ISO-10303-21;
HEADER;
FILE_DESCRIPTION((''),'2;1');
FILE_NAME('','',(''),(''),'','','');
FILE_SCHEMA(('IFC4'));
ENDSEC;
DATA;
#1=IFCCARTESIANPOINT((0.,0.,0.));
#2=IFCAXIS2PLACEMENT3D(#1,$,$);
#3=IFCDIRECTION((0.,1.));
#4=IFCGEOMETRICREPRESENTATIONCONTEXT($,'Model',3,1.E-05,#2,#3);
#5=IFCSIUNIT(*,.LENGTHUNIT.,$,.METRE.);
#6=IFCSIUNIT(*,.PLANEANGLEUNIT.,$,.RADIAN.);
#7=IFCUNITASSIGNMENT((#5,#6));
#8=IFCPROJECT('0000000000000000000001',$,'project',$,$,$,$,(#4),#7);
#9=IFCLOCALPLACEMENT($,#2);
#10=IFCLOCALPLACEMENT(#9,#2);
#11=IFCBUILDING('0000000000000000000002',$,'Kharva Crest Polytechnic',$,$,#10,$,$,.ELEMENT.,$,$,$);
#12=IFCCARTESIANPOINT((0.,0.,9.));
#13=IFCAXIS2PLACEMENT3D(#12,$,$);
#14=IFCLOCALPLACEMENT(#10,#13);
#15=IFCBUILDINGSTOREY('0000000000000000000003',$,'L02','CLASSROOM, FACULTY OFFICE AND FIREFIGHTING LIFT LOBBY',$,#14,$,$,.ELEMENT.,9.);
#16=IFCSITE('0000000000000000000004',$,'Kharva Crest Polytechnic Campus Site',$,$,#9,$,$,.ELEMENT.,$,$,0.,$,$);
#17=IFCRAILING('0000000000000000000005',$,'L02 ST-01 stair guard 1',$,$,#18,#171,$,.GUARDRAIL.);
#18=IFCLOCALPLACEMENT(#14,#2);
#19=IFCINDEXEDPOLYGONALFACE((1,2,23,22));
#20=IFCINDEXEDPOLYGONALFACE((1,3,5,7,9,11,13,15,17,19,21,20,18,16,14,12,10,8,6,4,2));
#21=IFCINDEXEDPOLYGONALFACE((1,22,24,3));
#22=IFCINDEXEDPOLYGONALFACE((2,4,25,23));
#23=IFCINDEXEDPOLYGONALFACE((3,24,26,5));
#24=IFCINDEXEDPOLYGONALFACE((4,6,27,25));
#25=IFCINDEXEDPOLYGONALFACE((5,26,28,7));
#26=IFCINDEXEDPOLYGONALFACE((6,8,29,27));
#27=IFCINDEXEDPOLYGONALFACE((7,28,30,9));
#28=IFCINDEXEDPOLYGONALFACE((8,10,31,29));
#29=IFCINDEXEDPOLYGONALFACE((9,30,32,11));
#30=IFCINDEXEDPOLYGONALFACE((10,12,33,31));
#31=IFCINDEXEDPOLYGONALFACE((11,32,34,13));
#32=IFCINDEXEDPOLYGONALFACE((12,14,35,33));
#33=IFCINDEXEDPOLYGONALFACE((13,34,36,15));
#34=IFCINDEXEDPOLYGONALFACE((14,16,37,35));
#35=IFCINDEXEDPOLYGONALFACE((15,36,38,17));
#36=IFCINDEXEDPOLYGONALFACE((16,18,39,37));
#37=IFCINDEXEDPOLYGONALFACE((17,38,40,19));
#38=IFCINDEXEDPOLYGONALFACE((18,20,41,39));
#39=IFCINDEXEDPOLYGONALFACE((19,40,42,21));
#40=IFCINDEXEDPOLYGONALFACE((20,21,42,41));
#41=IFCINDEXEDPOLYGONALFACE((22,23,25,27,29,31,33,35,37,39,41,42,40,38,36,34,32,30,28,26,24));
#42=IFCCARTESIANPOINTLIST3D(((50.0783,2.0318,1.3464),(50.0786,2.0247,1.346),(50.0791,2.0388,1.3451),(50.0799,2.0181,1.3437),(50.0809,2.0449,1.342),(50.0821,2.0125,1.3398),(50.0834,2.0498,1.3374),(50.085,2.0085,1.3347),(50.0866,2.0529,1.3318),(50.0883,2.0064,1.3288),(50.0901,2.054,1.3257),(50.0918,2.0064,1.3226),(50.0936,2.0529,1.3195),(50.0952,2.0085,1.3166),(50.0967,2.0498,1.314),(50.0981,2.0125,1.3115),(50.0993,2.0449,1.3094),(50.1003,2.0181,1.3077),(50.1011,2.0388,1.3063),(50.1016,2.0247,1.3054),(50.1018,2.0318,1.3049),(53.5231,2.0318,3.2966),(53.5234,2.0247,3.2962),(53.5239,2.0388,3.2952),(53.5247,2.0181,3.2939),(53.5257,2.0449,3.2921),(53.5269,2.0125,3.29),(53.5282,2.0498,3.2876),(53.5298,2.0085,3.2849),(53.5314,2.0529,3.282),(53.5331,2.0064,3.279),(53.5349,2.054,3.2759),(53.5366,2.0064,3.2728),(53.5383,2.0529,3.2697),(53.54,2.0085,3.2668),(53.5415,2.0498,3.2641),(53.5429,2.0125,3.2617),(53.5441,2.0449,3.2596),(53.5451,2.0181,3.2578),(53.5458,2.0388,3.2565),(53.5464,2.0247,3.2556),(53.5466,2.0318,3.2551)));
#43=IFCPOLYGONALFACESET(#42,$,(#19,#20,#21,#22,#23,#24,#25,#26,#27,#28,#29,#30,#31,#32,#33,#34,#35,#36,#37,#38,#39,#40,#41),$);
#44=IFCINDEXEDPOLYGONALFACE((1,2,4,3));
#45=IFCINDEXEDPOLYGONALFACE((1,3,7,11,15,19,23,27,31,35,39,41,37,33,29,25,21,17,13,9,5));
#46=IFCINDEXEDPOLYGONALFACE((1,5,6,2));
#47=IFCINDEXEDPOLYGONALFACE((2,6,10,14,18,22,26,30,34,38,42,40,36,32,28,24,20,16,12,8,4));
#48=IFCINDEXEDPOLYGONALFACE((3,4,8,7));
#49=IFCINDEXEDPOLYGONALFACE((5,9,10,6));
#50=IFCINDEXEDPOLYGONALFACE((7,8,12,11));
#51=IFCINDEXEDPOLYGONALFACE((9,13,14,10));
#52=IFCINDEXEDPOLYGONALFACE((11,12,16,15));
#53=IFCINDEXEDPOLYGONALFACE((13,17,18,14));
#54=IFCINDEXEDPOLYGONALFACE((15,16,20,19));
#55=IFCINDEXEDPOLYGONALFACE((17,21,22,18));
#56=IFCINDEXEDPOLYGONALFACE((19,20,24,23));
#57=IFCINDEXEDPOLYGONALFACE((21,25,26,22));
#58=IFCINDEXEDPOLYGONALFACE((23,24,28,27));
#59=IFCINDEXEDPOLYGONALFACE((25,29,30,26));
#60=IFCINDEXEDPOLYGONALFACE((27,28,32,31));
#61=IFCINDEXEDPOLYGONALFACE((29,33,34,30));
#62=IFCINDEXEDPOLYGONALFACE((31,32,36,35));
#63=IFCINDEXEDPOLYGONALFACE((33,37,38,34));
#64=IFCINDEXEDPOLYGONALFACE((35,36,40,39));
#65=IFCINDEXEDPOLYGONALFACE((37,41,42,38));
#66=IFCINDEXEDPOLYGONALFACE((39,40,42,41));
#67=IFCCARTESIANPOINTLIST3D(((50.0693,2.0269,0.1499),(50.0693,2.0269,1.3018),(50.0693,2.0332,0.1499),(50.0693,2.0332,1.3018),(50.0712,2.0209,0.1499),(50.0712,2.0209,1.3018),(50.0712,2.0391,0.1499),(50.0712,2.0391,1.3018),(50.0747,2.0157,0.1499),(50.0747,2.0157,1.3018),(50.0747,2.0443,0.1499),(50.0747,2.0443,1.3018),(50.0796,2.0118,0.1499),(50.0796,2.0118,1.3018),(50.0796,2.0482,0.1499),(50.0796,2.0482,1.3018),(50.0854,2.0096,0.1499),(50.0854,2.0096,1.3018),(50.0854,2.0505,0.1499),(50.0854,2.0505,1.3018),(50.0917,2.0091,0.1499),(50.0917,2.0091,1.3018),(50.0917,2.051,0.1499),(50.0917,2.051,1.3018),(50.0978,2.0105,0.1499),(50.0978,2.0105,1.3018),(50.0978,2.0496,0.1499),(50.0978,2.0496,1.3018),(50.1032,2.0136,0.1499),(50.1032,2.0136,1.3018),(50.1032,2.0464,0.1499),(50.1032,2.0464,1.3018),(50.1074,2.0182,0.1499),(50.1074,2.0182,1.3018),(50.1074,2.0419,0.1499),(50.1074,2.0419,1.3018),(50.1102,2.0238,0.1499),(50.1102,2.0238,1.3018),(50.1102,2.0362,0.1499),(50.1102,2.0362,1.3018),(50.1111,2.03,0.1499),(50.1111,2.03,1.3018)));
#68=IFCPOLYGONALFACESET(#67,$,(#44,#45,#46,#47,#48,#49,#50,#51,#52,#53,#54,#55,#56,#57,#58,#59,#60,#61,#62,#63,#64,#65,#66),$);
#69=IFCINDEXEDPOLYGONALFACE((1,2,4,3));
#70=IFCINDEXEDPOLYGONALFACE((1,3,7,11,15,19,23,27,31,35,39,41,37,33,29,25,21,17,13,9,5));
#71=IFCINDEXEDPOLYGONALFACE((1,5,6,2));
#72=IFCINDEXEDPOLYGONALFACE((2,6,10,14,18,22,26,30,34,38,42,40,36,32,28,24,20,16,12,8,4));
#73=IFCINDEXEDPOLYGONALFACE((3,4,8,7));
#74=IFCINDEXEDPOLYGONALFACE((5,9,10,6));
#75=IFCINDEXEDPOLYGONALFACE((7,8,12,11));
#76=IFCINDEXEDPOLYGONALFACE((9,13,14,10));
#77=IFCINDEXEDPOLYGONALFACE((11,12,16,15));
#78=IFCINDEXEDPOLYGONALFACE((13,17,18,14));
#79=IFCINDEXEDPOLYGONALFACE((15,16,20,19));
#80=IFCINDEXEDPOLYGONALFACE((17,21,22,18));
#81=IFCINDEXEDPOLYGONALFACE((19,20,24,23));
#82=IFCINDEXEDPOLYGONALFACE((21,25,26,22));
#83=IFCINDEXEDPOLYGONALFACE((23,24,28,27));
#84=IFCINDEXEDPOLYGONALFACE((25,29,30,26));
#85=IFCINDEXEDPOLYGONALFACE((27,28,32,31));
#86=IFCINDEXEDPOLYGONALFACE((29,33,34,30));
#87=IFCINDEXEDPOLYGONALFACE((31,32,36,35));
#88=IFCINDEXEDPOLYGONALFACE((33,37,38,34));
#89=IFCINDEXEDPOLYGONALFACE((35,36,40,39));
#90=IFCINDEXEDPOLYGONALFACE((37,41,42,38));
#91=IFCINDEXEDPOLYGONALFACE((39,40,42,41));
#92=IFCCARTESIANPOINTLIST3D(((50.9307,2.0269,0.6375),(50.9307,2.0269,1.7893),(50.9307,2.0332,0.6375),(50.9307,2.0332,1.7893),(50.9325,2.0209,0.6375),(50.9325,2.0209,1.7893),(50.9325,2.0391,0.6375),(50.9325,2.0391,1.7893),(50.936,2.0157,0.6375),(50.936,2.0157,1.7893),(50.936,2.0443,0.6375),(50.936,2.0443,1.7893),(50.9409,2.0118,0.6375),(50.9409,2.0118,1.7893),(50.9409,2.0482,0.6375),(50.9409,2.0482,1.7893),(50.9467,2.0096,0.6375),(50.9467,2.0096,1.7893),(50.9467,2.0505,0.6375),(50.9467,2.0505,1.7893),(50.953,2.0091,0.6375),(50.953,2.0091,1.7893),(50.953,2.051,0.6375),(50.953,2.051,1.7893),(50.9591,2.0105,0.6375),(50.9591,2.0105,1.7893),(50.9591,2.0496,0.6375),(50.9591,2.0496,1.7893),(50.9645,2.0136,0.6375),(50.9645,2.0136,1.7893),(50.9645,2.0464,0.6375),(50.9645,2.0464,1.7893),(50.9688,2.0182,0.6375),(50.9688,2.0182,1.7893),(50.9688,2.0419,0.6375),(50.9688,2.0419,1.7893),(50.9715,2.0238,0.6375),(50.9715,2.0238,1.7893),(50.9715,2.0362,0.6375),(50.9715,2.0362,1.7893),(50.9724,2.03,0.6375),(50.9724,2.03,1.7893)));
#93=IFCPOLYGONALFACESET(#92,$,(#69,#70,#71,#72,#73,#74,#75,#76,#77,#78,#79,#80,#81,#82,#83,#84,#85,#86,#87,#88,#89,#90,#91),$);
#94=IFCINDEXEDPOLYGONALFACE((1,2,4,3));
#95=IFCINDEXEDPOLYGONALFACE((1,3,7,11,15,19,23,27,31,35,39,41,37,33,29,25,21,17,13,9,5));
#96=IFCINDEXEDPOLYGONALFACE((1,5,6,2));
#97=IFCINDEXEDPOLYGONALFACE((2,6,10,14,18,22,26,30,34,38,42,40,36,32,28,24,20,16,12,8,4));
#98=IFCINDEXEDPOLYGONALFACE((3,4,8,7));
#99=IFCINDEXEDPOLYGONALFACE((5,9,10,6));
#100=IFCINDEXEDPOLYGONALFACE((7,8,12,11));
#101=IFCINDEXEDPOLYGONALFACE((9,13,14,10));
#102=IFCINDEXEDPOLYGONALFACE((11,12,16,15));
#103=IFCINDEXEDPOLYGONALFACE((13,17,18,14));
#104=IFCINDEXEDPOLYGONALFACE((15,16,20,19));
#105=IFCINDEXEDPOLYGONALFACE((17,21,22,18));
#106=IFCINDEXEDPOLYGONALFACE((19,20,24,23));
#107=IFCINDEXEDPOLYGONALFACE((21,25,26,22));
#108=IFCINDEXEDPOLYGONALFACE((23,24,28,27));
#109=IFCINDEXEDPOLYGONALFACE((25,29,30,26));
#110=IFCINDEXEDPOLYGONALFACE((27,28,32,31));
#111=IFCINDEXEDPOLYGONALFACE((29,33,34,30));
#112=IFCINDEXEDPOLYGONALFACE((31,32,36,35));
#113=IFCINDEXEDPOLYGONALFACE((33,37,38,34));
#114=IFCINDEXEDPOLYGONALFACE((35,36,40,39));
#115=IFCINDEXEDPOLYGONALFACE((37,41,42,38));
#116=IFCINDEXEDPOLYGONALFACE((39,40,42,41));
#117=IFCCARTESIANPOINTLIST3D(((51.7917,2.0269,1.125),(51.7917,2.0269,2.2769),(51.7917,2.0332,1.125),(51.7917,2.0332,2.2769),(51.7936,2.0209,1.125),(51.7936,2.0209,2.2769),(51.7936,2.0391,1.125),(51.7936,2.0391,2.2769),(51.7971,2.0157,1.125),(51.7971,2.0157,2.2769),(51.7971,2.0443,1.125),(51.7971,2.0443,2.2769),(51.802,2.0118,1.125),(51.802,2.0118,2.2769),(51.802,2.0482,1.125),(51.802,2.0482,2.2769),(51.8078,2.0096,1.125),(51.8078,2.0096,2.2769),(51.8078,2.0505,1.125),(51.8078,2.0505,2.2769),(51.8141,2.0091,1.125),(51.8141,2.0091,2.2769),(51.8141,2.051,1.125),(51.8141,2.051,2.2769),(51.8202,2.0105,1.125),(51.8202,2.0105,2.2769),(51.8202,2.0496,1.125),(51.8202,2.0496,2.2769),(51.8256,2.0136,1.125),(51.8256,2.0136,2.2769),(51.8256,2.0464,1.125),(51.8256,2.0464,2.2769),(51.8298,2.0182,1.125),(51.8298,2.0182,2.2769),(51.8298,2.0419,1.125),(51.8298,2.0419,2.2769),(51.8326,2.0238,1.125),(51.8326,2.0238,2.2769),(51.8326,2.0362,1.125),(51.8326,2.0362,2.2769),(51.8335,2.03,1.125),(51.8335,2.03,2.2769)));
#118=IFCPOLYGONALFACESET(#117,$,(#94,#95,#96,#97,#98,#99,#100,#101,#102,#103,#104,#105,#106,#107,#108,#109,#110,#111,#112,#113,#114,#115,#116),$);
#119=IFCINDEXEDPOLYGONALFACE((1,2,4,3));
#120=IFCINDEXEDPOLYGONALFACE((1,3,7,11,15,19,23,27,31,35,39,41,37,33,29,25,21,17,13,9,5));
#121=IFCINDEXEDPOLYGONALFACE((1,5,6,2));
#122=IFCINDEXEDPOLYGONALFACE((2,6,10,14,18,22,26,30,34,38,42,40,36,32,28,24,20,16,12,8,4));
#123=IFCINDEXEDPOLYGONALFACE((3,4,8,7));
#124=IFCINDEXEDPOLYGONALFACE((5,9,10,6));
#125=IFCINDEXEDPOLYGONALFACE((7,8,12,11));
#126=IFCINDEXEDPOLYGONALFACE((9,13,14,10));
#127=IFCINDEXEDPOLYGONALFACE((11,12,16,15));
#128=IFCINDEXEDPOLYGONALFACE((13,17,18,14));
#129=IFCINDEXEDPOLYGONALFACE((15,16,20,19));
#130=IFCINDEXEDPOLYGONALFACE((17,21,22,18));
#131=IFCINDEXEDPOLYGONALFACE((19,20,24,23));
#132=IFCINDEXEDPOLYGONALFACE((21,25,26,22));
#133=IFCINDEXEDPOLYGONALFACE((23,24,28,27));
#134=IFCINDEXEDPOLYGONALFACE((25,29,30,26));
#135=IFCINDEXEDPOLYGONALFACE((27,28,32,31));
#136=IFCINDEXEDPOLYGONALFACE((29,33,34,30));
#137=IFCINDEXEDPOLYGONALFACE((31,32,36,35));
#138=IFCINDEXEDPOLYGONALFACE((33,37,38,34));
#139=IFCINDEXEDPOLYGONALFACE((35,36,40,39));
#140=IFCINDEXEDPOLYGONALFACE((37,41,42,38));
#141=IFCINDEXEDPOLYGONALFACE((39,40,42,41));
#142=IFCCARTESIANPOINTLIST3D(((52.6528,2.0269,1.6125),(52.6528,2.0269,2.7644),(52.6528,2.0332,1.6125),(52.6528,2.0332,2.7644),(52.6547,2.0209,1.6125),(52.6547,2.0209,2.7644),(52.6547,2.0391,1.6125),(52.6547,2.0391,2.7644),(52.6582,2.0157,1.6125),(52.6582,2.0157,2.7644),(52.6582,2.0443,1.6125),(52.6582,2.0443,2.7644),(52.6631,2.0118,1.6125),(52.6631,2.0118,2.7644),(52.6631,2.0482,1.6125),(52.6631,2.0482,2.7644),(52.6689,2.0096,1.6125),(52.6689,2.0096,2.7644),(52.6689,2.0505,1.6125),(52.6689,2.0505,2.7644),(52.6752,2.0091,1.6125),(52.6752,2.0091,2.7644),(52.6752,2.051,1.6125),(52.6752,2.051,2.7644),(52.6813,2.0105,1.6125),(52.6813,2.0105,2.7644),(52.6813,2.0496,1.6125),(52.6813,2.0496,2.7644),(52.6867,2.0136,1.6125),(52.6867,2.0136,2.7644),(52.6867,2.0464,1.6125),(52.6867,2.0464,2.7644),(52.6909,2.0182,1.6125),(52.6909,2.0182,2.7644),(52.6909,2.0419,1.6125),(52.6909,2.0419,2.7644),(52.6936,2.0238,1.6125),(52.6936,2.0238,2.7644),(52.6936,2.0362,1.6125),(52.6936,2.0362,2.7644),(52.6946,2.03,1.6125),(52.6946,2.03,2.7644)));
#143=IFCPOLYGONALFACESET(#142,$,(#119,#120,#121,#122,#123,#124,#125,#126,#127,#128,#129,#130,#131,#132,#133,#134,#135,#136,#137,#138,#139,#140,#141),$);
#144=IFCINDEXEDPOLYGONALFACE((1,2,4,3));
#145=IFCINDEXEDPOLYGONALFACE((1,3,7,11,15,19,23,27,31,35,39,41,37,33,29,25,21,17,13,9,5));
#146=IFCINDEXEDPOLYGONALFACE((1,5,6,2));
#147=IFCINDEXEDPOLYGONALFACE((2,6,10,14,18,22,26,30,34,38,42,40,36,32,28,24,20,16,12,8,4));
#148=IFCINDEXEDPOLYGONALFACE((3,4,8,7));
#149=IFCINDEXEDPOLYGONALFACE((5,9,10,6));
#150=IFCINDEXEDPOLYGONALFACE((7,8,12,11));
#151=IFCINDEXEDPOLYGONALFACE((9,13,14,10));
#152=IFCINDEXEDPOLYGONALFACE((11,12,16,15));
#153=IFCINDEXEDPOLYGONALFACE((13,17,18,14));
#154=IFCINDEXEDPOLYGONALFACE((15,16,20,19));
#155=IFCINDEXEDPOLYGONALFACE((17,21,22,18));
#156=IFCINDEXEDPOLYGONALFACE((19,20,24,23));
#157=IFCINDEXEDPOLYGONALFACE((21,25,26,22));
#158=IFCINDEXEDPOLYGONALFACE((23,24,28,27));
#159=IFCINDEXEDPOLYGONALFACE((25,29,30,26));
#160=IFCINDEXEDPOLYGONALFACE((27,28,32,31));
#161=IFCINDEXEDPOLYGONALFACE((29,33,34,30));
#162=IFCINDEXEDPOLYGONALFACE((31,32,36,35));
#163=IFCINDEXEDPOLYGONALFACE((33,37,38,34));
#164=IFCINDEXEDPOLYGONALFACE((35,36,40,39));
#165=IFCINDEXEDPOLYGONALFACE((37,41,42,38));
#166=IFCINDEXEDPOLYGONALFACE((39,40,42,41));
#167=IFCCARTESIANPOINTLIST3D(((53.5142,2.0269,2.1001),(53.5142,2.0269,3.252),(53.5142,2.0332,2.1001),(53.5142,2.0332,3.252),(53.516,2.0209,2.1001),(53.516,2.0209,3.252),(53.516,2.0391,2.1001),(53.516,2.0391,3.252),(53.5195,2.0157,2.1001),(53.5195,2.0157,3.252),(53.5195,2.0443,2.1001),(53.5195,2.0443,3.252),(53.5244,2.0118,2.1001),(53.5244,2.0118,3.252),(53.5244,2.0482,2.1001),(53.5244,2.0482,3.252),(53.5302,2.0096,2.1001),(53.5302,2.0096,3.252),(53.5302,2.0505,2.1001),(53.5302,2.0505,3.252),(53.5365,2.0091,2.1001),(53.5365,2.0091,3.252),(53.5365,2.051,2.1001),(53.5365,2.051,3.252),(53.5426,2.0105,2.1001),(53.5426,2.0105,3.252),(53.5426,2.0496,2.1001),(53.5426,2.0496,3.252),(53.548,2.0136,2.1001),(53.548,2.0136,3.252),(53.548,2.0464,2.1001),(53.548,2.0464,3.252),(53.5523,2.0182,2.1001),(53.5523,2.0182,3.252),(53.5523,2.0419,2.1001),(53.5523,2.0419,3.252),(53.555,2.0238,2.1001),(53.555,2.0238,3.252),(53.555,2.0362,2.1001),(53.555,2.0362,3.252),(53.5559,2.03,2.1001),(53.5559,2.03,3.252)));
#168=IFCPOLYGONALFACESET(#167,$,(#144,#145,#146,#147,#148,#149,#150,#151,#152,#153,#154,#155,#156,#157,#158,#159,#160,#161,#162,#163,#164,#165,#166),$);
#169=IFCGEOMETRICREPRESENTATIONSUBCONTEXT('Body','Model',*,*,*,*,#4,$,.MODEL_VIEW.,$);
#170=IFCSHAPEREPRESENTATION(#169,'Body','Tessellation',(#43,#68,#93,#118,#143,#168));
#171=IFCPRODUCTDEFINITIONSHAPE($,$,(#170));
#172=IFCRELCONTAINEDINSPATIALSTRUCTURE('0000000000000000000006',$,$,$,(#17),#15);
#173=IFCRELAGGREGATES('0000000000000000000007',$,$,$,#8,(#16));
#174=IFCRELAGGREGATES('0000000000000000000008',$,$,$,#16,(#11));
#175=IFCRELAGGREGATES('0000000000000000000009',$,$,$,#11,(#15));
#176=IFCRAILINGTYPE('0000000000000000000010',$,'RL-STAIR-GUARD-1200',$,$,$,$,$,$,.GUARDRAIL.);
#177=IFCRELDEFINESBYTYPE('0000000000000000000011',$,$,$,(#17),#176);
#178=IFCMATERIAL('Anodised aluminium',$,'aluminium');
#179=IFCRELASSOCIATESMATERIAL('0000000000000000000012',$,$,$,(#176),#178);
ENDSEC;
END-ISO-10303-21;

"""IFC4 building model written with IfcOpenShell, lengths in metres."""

from ifc_helpers import new_model, si_unit, direction, frame, origin, origin_2d, place, context, subcontext, project, spatial, circle, extrude, material, type_object, element, save


model = new_model("IFC4")

# Units and contexts
model_context = context("Model", 3, precision=1e-05, world=origin(), true_north=direction((0.0, 1.0)))
body_context = subcontext(model_context, "Body", "Model", "MODEL_VIEW")
ifc_project = project(units=[si_unit("LENGTHUNIT", "METRE"), si_unit("PLANEANGLEUNIT", "RADIAN")], contexts=[model_context])

# Site, building, storey
site_placement = place(None, origin())
site = spatial("IfcSite", under=ifc_project, at=site_placement, Name="Kharva Crest Polytechnic Campus Site", CompositionType="ELEMENT", RefElevation=0.0)
building_placement = place(site_placement, origin())
building = spatial("IfcBuilding", under=site, at=building_placement, Name="Kharva Crest Polytechnic", CompositionType="ELEMENT")
storey_placement = place(building_placement, frame((0.0, 0.0, 9.0)))
storey = spatial("IfcBuildingStorey", under=building, at=storey_placement, Name="L02", Description="CLASSROOM, FACULTY OFFICE AND FIREFIGHTING LIFT LOBBY", CompositionType="ELEMENT", Elevation=9.0)

# Shared definitions
ifc_material_1 = material(Name="Anodised aluminium", Category="aluminium")

# Railing
railing_type_1 = type_object("IfcRailingType", Name="RL-STAIR-GUARD-1200", PredefinedType="GUARDRAIL", material=ifc_material_1)
railing_1_placement = place(storey_placement, frame((50.0901, 2.03, 0.1499)))
element("IfcRailing", 1, at=railing_1_placement, inside=storey, type_object=railing_type_1, Name="L02 ST-01 stair guard 1", PredefinedType="GUARDRAIL", context=body_context, shape_type="SweptSolid", body=[
    extrude(circle(Radius=0.0239, at=origin_2d()), frame((0.0, 0.0, 1.1758), z_axis=(0.870225, 0.0, 0.492655), x_axis=(0.0, 1.0, 0.0)), (0.0, 0.0, 1.0), 3.9585),
    extrude(circle(Radius=0.021, at=origin_2d()), origin(), (0.0, 0.0, 1.0), 1.1519),
    extrude(circle(Radius=0.021, at=origin_2d()), frame((0.8613, 0.0, 0.4875)), (0.0, 0.0, 1.0), 1.1519),
    extrude(circle(Radius=0.021, at=origin_2d()), frame((1.7224, 0.0, 0.9751)), (0.0, 0.0, 1.0), 1.1519),
    extrude(circle(Radius=0.021, at=origin_2d()), frame((2.5835, 0.0, 1.4626)), (0.0, 0.0, 1.0), 1.1519),
    extrude(circle(Radius=0.021, at=origin_2d()), frame((3.4448, 0.0, 1.9502)), (0.0, 0.0, 1.0), 1.1519),
])

save(model, "model.ifc")
